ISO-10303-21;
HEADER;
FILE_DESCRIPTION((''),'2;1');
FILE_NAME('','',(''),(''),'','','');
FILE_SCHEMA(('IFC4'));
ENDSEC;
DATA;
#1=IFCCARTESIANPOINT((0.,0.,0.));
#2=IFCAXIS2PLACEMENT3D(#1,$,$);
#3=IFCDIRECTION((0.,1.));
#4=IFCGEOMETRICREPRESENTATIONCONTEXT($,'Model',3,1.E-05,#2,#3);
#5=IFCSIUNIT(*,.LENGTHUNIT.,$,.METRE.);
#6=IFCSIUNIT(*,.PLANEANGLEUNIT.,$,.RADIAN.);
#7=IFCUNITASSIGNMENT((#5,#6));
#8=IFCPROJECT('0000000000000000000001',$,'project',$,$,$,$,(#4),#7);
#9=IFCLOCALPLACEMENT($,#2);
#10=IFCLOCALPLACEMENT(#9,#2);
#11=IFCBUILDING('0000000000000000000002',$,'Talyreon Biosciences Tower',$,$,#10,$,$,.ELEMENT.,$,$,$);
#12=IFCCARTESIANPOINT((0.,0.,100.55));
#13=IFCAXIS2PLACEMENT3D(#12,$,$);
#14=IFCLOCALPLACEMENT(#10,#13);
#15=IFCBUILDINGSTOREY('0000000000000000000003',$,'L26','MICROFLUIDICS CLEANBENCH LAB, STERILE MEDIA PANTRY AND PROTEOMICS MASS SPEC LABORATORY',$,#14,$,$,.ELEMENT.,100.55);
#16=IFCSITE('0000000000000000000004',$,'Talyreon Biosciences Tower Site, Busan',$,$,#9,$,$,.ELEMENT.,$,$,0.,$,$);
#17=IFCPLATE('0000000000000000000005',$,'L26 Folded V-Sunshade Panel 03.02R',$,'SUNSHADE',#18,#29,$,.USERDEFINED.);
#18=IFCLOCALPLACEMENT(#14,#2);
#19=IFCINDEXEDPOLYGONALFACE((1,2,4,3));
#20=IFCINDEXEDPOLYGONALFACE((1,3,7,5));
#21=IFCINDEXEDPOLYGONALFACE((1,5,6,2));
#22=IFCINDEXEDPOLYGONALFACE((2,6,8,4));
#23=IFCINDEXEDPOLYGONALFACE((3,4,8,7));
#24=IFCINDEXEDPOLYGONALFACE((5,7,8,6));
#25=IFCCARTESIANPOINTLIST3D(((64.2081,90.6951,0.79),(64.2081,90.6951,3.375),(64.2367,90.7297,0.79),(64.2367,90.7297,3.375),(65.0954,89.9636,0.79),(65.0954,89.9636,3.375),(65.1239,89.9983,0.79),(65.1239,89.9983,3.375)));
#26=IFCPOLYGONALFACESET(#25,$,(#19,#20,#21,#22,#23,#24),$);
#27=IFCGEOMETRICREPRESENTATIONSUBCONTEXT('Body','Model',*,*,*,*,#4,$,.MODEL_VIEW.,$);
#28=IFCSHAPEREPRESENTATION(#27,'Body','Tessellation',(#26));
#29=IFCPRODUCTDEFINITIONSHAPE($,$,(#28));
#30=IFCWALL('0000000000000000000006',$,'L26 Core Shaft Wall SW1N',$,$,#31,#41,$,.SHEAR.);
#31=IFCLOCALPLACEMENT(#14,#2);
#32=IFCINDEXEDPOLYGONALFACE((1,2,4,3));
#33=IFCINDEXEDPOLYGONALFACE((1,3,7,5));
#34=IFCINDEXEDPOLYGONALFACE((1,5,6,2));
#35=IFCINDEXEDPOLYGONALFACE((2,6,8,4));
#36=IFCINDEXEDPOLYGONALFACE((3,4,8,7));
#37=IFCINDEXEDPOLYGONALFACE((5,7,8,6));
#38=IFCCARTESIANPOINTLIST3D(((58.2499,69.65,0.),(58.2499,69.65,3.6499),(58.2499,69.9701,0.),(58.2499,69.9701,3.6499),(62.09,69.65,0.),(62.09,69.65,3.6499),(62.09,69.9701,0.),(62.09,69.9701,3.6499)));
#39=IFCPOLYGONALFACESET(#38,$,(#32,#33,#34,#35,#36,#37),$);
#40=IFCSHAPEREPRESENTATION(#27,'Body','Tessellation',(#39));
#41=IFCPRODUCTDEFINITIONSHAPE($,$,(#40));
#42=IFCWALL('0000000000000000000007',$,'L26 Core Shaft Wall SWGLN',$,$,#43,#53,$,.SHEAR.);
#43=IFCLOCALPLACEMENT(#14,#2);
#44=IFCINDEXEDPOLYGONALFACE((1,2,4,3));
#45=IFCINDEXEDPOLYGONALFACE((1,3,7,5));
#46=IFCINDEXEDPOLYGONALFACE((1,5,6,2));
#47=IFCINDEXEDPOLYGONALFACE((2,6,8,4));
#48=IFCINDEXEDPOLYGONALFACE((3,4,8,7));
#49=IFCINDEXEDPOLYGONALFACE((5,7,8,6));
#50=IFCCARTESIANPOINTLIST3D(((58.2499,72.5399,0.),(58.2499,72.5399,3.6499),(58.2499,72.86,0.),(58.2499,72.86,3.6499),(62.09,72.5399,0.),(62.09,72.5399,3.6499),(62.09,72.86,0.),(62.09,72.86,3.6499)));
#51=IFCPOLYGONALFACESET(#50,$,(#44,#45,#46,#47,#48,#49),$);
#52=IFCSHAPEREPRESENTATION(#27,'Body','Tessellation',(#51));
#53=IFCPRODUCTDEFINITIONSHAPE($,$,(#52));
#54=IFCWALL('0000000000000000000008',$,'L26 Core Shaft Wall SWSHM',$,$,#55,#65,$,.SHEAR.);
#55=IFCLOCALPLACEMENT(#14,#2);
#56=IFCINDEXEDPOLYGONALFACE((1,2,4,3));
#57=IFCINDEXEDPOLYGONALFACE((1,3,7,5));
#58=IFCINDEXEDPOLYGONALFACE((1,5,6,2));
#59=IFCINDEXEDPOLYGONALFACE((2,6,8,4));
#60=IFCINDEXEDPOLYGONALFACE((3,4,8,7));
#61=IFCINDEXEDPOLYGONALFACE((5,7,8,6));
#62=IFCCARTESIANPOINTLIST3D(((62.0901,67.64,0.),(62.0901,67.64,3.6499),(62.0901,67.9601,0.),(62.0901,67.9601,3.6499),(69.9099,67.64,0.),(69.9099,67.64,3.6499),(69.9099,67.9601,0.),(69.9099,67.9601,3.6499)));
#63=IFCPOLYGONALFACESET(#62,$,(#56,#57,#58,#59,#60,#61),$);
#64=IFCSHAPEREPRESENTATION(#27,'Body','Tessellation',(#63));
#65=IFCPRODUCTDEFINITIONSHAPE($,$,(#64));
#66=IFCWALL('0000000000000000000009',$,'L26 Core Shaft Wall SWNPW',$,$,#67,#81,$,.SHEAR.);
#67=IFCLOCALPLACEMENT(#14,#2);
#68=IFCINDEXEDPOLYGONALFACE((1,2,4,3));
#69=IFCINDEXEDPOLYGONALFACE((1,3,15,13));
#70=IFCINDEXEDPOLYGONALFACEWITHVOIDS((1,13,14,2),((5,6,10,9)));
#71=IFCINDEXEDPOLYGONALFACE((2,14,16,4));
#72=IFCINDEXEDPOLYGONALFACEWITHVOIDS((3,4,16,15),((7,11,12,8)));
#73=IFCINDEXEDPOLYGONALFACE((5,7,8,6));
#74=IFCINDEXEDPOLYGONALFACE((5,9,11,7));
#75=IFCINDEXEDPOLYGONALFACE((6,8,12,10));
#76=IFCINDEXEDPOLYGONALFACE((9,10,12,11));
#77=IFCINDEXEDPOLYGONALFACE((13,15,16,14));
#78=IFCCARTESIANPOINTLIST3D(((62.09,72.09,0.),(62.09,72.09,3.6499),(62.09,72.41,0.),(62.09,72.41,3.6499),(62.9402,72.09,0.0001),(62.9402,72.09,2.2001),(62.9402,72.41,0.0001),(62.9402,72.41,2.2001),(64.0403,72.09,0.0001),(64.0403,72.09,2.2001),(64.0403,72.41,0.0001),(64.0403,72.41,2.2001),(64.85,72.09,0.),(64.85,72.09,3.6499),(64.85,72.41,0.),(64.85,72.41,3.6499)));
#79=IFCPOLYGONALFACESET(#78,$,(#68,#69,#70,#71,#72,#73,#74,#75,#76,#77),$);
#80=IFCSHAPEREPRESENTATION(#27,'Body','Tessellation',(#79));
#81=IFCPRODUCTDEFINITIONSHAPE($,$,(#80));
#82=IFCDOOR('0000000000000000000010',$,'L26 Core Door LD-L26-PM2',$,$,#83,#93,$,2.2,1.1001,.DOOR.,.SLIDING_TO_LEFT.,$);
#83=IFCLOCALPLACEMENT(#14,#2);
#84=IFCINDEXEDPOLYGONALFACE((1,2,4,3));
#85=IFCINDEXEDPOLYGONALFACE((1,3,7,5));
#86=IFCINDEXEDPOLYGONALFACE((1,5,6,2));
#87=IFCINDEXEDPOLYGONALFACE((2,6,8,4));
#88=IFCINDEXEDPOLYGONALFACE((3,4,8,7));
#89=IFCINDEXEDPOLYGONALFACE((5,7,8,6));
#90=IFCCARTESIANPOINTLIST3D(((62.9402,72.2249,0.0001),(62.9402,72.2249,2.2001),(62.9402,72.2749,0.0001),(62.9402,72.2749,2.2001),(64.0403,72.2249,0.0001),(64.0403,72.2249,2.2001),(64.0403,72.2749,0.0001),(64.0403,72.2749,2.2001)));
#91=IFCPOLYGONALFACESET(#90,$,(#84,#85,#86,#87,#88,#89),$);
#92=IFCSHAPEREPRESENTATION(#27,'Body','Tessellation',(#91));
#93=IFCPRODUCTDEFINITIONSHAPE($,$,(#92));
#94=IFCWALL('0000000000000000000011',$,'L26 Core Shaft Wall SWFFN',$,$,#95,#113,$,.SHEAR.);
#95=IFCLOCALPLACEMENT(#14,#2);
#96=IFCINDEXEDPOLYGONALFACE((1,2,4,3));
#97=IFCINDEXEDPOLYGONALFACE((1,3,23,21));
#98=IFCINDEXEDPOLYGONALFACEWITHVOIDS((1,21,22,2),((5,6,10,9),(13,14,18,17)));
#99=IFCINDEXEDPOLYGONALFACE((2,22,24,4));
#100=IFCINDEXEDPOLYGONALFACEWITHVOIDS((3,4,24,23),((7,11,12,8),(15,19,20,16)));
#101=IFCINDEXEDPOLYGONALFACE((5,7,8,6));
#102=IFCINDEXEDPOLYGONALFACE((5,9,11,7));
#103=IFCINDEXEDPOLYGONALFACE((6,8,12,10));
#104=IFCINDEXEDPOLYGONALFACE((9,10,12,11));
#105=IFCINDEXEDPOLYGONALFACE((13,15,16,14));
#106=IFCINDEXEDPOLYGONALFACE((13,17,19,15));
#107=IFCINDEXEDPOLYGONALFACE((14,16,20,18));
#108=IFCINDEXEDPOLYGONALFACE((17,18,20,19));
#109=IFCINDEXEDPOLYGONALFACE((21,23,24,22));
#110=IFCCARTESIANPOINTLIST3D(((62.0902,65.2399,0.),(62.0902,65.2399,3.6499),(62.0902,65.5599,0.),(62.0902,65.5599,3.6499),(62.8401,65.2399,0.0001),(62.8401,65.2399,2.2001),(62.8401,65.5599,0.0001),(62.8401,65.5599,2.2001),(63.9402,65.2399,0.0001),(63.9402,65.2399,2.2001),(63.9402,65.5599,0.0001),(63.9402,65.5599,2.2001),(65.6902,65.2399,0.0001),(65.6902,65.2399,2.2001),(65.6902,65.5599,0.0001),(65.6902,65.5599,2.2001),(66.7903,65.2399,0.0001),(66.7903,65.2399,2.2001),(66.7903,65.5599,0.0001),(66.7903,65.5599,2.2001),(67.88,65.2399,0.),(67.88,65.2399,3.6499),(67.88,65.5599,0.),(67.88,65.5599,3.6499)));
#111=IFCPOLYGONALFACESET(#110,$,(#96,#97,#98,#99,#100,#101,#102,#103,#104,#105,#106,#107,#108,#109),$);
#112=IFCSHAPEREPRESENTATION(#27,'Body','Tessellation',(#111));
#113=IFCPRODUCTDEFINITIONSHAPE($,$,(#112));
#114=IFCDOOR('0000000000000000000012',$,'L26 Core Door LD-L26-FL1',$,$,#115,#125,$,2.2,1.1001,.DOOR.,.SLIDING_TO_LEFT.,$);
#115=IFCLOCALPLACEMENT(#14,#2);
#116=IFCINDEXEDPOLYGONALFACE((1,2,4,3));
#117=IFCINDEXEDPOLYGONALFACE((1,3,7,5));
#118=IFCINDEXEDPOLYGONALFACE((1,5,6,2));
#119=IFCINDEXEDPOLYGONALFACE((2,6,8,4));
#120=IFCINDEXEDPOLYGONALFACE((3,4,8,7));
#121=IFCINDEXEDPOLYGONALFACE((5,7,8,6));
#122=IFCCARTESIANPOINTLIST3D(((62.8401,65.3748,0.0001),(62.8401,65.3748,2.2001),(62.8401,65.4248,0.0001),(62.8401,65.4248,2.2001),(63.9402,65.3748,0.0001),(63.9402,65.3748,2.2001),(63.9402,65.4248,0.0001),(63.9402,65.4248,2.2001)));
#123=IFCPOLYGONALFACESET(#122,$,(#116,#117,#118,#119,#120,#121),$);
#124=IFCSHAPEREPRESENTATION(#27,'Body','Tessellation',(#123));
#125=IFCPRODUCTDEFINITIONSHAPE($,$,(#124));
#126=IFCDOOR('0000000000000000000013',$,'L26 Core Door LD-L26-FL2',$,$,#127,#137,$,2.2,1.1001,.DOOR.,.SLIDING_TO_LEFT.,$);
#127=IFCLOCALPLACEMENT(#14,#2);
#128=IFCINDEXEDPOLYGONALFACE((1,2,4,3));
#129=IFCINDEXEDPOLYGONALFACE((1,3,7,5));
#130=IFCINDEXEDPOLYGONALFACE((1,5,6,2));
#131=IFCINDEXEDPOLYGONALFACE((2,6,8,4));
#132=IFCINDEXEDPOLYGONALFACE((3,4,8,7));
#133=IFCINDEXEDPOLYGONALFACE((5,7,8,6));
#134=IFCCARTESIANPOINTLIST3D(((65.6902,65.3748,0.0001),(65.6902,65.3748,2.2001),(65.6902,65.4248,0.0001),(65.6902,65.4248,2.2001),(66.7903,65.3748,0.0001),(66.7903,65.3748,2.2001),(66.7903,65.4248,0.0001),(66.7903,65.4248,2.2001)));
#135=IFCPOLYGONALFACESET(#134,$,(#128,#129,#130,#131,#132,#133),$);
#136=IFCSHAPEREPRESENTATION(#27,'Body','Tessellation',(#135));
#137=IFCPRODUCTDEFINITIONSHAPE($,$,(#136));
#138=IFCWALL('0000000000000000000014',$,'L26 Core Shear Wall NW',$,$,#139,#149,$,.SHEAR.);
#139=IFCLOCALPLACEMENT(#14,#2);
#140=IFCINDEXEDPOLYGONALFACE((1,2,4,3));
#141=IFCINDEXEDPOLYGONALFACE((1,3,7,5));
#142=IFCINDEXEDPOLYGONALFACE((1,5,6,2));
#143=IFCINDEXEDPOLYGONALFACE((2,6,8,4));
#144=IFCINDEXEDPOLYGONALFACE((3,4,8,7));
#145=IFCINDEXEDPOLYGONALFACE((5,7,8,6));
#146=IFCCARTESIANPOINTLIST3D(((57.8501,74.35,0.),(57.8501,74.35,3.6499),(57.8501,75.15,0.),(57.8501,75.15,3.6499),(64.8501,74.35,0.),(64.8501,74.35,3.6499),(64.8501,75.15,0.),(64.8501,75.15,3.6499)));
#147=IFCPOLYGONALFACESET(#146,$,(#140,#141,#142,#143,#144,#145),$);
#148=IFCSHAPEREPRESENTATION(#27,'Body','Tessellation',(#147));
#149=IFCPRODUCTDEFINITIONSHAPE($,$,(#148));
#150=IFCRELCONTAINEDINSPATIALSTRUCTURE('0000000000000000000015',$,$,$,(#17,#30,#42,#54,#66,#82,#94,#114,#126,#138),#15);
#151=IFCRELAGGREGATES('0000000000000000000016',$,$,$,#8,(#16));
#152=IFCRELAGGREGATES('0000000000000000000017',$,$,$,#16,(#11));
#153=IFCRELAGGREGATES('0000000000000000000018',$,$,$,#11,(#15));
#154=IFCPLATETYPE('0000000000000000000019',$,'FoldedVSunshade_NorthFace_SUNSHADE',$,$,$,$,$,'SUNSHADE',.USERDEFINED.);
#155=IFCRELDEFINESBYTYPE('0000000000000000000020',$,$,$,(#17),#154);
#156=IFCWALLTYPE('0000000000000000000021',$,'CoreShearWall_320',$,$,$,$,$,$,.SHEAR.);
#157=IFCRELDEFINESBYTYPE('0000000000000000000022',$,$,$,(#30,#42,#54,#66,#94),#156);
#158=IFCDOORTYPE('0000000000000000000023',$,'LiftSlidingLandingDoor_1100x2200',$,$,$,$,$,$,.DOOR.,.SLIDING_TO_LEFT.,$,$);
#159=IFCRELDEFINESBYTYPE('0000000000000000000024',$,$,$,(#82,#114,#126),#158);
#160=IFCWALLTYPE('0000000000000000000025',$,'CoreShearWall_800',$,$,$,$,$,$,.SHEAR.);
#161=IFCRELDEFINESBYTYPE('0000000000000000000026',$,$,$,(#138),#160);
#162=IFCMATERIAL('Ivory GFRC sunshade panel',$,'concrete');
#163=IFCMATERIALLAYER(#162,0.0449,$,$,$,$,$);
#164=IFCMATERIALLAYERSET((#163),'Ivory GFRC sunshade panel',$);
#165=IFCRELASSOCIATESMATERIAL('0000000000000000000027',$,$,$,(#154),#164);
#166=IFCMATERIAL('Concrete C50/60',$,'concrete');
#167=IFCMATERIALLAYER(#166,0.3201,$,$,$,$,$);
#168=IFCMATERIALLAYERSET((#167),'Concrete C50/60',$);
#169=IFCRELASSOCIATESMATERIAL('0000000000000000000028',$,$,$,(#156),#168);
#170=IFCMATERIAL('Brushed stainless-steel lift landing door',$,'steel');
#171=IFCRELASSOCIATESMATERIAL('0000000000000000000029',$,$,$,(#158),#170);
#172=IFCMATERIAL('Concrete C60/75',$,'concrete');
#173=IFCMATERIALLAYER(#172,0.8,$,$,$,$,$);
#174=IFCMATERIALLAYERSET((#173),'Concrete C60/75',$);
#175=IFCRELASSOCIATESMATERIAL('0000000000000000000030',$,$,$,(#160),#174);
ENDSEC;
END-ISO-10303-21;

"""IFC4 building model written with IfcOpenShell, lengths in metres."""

from ifc_helpers import new_model, si_unit, direction, frame, frame_2d, origin, origin_2d, place, context, subcontext, project, spatial, rectangle, extrude, material, layer, layer_set, type_object, element, fill, save


model = new_model("IFC4")

# Units and contexts
model_context = context("Model", 3, precision=1e-05, world=origin(), true_north=direction((0.0, 1.0)))
body_context = subcontext(model_context, "Body", "Model", "MODEL_VIEW")
ifc_project = project(units=[si_unit("LENGTHUNIT", "METRE"), si_unit("PLANEANGLEUNIT", "RADIAN")], contexts=[model_context])

# Site, building, storey
site_placement = place(None, origin())
site = spatial("IfcSite", under=ifc_project, at=site_placement, Name="Talyreon Biosciences Tower Site, Busan", CompositionType="ELEMENT", RefElevation=0.0)
building_placement = place(site_placement, origin())
building = spatial("IfcBuilding", under=site, at=building_placement, Name="Talyreon Biosciences Tower", CompositionType="ELEMENT")
storey_placement = place(building_placement, frame((0.0, 0.0, 100.55)))
storey = spatial("IfcBuildingStorey", under=building, at=storey_placement, Name="L26", Description="MICROFLUIDICS CLEANBENCH LAB, STERILE MEDIA PANTRY AND PROTEOMICS MASS SPEC LABORATORY", CompositionType="ELEMENT", Elevation=100.55)

# Shared definitions
ifc_material_1 = material(Name="Concrete C50/60", Category="concrete")
ifc_material_2 = material(Name="Concrete C60/75", Category="concrete")

# Plate
ifc_material_3 = material(Name="Ivory GFRC sunshade panel", Category="concrete")
ifc_layer_1 = layer(ifc_material_3, 0.0449)
ifc_layer_set_1 = layer_set([ifc_layer_1], Name="Ivory GFRC sunshade panel")
plate_type_1 = type_object("IfcPlateType", Name="FoldedVSunshade_NorthFace_SUNSHADE", ElementType="SUNSHADE", PredefinedType="USERDEFINED", material=ifc_layer_set_1)
for number, where, z_axis, x_axis, name in (
    (1, (64.666, 90.3467, 0.79), (0.0, 0.0, 1.0), (0.771625, -0.636078, 0.0), "L26 Folded V-Sunshade Panel 03.02R"),
):
    element("IfcPlate", number, at=place(storey_placement, frame(where, z_axis=z_axis, x_axis=x_axis)), inside=storey, type_object=plate_type_1, Name=name, ObjectType="SUNSHADE", PredefinedType="USERDEFINED", context=body_context, shape_type="SweptSolid", body=[
        extrude(rectangle(XDim=1.1499, YDim=0.0449, at=origin_2d()), origin(), (0.0, 0.0, 1.0), 2.585),
    ])

# Walls
ifc_layer_2 = layer(ifc_material_1, 0.3201)
ifc_layer_set_2 = layer_set([ifc_layer_2], Name="Concrete C50/60")
wall_type_1 = type_object("IfcWallType", Name="CoreShearWall_320", PredefinedType="SHEAR", material=ifc_layer_set_2)
for number, where, z_axis, x_axis, name in (
    (2, (58.25, 69.8101, 0.0), (0.0, 0.0, 1.0), (1.0, 0.0, 0.0), "L26 Core Shaft Wall SW1N"),
    (3, (58.25, 72.7, 0.0), (0.0, 0.0, 1.0), (1.0, 0.0, 0.0), "L26 Core Shaft Wall SWGLN"),
):
    element("IfcWall", number, at=place(storey_placement, frame(where, z_axis=z_axis, x_axis=x_axis)), inside=storey, type_object=wall_type_1, Name=name, PredefinedType="SHEAR", context=body_context, shape_type="SweptSolid", body=[
        extrude(rectangle(XDim=3.8401, YDim=0.3201, at=frame_2d((1.9199, 0.0))), origin(), (0.0, 0.0, 1.0), 3.6499),
    ])
wall_1_placement = place(storey_placement, frame((62.0901, 67.8, 0.0), z_axis=(0.0, 0.0, 1.0), x_axis=(1.0, 0.0, 0.0)))
element("IfcWall", 4, at=wall_1_placement, inside=storey, type_object=wall_type_1, Name="L26 Core Shaft Wall SWSHM", PredefinedType="SHEAR", context=body_context, shape_type="SweptSolid", body=[
    extrude(rectangle(XDim=7.8198, YDim=0.3201, at=frame_2d((3.9099, 0.0))), origin(), (0.0, 0.0, 1.0), 3.6499),
])

# Shared definitions
ifc_material_4 = material(Name="Brushed stainless-steel lift landing door", Category="steel")
door_type_1 = type_object("IfcDoorType", Name="LiftSlidingLandingDoor_1100x2200", OperationType="SLIDING_TO_LEFT", PredefinedType="DOOR", material=ifc_material_4)

# Wall, opening, door
wall_2_placement = place(storey_placement, frame((62.0901, 72.25, 0.0), z_axis=(0.0, 0.0, 1.0), x_axis=(1.0, 0.0, 0.0)))
wall_2 = element("IfcWall", 5, at=wall_2_placement, inside=storey, type_object=wall_type_1, Name="L26 Core Shaft Wall SWNPW", PredefinedType="SHEAR", context=body_context, shape_type="SweptSolid", body=[
    extrude(rectangle(XDim=2.76, YDim=0.3201, at=frame_2d((1.3799, 0.0))), origin(), (0.0, 0.0, 1.0), 3.6499),
])
opening_1_placement = place(wall_2_placement, frame((0.8501, 0.0, 0.0)))
opening_1 = element("IfcOpeningElement", 6, at=opening_1_placement, cuts=wall_2, PredefinedType="OPENING", context=body_context, shape_type="SweptSolid", body=[
    extrude(rectangle(XDim=1.1001, YDim=2.2, at=frame_2d((0.55, 1.1001))), frame((0.0, 0.1699, 0.0), z_axis=(0.0, -1.0, 0.0), x_axis=(1.0, 0.0, 0.0)), (0.0, 0.0, 1.0), 0.3401),
])
door_1_placement = place(opening_1_placement, origin())
door_1 = element("IfcDoor", 7, at=door_1_placement, inside=storey, type_object=door_type_1, Name="L26 Core Door LD-L26-PM2", OperationType="SLIDING_TO_LEFT", OverallHeight=2.2, OverallWidth=1.1001, PredefinedType="DOOR", context=body_context, shape_type="SweptSolid", body=[
    extrude(rectangle(XDim=1.1001, YDim=2.2, at=frame_2d((0.55, 1.1001))), frame((0.0, 0.0249, 0.0), z_axis=(0.0, -1.0, 0.0), x_axis=(1.0, 0.0, 0.0)), (0.0, 0.0, 1.0), 0.05),
])
fill(opening_1, door_1)

# Wall, openings, doors
wall_3_placement = place(storey_placement, frame((62.0901, 65.3999, 0.0), z_axis=(0.0, 0.0, 1.0), x_axis=(1.0, 0.0, 0.0)))
wall_3 = element("IfcWall", 8, at=wall_3_placement, inside=storey, type_object=wall_type_1, Name="L26 Core Shaft Wall SWFFN", PredefinedType="SHEAR", context=body_context, shape_type="SweptSolid", body=[
    extrude(rectangle(XDim=5.7898, YDim=0.3201, at=frame_2d((2.895, 0.0))), origin(), (0.0, 0.0, 1.0), 3.6499),
])
opening_2_placement = place(wall_3_placement, frame((0.75, 0.0, 0.0)))
opening_2 = element("IfcOpeningElement", 9, at=opening_2_placement, cuts=wall_3, PredefinedType="OPENING", context=body_context, shape_type="SweptSolid", body=[
    extrude(rectangle(XDim=1.1001, YDim=2.2, at=frame_2d((0.55, 1.1001))), frame((0.0, 0.1699, 0.0), z_axis=(0.0, -1.0, 0.0), x_axis=(1.0, 0.0, 0.0)), (0.0, 0.0, 1.0), 0.3401),
])
opening_3_placement = place(wall_3_placement, frame((3.6001, 0.0, 0.0)))
opening_3 = element("IfcOpeningElement", 10, at=opening_3_placement, cuts=wall_3, PredefinedType="OPENING", context=body_context, shape_type="SweptSolid", body=[
    extrude(rectangle(XDim=1.1001, YDim=2.2, at=frame_2d((0.55, 1.1001))), frame((0.0, 0.1699, 0.0), z_axis=(0.0, -1.0, 0.0), x_axis=(1.0, 0.0, 0.0)), (0.0, 0.0, 1.0), 0.3401),
])
door_2_placement = place(opening_2_placement, origin())
door_2 = element("IfcDoor", 11, at=door_2_placement, inside=storey, type_object=door_type_1, Name="L26 Core Door LD-L26-FL1", OperationType="SLIDING_TO_LEFT", OverallHeight=2.2, OverallWidth=1.1001, PredefinedType="DOOR", context=body_context, shape_type="SweptSolid", body=[
    extrude(rectangle(XDim=1.1001, YDim=2.2, at=frame_2d((0.55, 1.1001))), frame((0.0, 0.0249, 0.0), z_axis=(0.0, -1.0, 0.0), x_axis=(1.0, 0.0, 0.0)), (0.0, 0.0, 1.0), 0.05),
])
fill(opening_2, door_2)
door_3_placement = place(opening_3_placement, origin())
door_3 = element("IfcDoor", 12, at=door_3_placement, inside=storey, type_object=door_type_1, Name="L26 Core Door LD-L26-FL2", OperationType="SLIDING_TO_LEFT", OverallHeight=2.2, OverallWidth=1.1001, PredefinedType="DOOR", context=body_context, shape_type="SweptSolid", body=[
    extrude(rectangle(XDim=1.1001, YDim=2.2, at=frame_2d((0.55, 1.1001))), frame((0.0, 0.0249, 0.0), z_axis=(0.0, -1.0, 0.0), x_axis=(1.0, 0.0, 0.0)), (0.0, 0.0, 1.0), 0.05),
])
fill(opening_3, door_3)

# Wall
ifc_layer_3 = layer(ifc_material_2, 0.8)
ifc_layer_set_3 = layer_set([ifc_layer_3], Name="Concrete C60/75")
wall_type_2 = type_object("IfcWallType", Name="CoreShearWall_800", PredefinedType="SHEAR", material=ifc_layer_set_3)
wall_4_placement = place(storey_placement, frame((64.8501, 74.75, 0.0), z_axis=(0.0, 0.0, 1.0), x_axis=(-1.0, 0.0, 0.0)))
element("IfcWall", 13, at=wall_4_placement, inside=storey, type_object=wall_type_2, Name="L26 Core Shear Wall NW", PredefinedType="SHEAR", context=body_context, shape_type="SweptSolid", body=[
    extrude(rectangle(XDim=7.0, YDim=0.8, at=frame_2d((3.5, 0.0))), origin(), (0.0, 0.0, 1.0), 3.6499),
])

save(model, "model.ifc")
